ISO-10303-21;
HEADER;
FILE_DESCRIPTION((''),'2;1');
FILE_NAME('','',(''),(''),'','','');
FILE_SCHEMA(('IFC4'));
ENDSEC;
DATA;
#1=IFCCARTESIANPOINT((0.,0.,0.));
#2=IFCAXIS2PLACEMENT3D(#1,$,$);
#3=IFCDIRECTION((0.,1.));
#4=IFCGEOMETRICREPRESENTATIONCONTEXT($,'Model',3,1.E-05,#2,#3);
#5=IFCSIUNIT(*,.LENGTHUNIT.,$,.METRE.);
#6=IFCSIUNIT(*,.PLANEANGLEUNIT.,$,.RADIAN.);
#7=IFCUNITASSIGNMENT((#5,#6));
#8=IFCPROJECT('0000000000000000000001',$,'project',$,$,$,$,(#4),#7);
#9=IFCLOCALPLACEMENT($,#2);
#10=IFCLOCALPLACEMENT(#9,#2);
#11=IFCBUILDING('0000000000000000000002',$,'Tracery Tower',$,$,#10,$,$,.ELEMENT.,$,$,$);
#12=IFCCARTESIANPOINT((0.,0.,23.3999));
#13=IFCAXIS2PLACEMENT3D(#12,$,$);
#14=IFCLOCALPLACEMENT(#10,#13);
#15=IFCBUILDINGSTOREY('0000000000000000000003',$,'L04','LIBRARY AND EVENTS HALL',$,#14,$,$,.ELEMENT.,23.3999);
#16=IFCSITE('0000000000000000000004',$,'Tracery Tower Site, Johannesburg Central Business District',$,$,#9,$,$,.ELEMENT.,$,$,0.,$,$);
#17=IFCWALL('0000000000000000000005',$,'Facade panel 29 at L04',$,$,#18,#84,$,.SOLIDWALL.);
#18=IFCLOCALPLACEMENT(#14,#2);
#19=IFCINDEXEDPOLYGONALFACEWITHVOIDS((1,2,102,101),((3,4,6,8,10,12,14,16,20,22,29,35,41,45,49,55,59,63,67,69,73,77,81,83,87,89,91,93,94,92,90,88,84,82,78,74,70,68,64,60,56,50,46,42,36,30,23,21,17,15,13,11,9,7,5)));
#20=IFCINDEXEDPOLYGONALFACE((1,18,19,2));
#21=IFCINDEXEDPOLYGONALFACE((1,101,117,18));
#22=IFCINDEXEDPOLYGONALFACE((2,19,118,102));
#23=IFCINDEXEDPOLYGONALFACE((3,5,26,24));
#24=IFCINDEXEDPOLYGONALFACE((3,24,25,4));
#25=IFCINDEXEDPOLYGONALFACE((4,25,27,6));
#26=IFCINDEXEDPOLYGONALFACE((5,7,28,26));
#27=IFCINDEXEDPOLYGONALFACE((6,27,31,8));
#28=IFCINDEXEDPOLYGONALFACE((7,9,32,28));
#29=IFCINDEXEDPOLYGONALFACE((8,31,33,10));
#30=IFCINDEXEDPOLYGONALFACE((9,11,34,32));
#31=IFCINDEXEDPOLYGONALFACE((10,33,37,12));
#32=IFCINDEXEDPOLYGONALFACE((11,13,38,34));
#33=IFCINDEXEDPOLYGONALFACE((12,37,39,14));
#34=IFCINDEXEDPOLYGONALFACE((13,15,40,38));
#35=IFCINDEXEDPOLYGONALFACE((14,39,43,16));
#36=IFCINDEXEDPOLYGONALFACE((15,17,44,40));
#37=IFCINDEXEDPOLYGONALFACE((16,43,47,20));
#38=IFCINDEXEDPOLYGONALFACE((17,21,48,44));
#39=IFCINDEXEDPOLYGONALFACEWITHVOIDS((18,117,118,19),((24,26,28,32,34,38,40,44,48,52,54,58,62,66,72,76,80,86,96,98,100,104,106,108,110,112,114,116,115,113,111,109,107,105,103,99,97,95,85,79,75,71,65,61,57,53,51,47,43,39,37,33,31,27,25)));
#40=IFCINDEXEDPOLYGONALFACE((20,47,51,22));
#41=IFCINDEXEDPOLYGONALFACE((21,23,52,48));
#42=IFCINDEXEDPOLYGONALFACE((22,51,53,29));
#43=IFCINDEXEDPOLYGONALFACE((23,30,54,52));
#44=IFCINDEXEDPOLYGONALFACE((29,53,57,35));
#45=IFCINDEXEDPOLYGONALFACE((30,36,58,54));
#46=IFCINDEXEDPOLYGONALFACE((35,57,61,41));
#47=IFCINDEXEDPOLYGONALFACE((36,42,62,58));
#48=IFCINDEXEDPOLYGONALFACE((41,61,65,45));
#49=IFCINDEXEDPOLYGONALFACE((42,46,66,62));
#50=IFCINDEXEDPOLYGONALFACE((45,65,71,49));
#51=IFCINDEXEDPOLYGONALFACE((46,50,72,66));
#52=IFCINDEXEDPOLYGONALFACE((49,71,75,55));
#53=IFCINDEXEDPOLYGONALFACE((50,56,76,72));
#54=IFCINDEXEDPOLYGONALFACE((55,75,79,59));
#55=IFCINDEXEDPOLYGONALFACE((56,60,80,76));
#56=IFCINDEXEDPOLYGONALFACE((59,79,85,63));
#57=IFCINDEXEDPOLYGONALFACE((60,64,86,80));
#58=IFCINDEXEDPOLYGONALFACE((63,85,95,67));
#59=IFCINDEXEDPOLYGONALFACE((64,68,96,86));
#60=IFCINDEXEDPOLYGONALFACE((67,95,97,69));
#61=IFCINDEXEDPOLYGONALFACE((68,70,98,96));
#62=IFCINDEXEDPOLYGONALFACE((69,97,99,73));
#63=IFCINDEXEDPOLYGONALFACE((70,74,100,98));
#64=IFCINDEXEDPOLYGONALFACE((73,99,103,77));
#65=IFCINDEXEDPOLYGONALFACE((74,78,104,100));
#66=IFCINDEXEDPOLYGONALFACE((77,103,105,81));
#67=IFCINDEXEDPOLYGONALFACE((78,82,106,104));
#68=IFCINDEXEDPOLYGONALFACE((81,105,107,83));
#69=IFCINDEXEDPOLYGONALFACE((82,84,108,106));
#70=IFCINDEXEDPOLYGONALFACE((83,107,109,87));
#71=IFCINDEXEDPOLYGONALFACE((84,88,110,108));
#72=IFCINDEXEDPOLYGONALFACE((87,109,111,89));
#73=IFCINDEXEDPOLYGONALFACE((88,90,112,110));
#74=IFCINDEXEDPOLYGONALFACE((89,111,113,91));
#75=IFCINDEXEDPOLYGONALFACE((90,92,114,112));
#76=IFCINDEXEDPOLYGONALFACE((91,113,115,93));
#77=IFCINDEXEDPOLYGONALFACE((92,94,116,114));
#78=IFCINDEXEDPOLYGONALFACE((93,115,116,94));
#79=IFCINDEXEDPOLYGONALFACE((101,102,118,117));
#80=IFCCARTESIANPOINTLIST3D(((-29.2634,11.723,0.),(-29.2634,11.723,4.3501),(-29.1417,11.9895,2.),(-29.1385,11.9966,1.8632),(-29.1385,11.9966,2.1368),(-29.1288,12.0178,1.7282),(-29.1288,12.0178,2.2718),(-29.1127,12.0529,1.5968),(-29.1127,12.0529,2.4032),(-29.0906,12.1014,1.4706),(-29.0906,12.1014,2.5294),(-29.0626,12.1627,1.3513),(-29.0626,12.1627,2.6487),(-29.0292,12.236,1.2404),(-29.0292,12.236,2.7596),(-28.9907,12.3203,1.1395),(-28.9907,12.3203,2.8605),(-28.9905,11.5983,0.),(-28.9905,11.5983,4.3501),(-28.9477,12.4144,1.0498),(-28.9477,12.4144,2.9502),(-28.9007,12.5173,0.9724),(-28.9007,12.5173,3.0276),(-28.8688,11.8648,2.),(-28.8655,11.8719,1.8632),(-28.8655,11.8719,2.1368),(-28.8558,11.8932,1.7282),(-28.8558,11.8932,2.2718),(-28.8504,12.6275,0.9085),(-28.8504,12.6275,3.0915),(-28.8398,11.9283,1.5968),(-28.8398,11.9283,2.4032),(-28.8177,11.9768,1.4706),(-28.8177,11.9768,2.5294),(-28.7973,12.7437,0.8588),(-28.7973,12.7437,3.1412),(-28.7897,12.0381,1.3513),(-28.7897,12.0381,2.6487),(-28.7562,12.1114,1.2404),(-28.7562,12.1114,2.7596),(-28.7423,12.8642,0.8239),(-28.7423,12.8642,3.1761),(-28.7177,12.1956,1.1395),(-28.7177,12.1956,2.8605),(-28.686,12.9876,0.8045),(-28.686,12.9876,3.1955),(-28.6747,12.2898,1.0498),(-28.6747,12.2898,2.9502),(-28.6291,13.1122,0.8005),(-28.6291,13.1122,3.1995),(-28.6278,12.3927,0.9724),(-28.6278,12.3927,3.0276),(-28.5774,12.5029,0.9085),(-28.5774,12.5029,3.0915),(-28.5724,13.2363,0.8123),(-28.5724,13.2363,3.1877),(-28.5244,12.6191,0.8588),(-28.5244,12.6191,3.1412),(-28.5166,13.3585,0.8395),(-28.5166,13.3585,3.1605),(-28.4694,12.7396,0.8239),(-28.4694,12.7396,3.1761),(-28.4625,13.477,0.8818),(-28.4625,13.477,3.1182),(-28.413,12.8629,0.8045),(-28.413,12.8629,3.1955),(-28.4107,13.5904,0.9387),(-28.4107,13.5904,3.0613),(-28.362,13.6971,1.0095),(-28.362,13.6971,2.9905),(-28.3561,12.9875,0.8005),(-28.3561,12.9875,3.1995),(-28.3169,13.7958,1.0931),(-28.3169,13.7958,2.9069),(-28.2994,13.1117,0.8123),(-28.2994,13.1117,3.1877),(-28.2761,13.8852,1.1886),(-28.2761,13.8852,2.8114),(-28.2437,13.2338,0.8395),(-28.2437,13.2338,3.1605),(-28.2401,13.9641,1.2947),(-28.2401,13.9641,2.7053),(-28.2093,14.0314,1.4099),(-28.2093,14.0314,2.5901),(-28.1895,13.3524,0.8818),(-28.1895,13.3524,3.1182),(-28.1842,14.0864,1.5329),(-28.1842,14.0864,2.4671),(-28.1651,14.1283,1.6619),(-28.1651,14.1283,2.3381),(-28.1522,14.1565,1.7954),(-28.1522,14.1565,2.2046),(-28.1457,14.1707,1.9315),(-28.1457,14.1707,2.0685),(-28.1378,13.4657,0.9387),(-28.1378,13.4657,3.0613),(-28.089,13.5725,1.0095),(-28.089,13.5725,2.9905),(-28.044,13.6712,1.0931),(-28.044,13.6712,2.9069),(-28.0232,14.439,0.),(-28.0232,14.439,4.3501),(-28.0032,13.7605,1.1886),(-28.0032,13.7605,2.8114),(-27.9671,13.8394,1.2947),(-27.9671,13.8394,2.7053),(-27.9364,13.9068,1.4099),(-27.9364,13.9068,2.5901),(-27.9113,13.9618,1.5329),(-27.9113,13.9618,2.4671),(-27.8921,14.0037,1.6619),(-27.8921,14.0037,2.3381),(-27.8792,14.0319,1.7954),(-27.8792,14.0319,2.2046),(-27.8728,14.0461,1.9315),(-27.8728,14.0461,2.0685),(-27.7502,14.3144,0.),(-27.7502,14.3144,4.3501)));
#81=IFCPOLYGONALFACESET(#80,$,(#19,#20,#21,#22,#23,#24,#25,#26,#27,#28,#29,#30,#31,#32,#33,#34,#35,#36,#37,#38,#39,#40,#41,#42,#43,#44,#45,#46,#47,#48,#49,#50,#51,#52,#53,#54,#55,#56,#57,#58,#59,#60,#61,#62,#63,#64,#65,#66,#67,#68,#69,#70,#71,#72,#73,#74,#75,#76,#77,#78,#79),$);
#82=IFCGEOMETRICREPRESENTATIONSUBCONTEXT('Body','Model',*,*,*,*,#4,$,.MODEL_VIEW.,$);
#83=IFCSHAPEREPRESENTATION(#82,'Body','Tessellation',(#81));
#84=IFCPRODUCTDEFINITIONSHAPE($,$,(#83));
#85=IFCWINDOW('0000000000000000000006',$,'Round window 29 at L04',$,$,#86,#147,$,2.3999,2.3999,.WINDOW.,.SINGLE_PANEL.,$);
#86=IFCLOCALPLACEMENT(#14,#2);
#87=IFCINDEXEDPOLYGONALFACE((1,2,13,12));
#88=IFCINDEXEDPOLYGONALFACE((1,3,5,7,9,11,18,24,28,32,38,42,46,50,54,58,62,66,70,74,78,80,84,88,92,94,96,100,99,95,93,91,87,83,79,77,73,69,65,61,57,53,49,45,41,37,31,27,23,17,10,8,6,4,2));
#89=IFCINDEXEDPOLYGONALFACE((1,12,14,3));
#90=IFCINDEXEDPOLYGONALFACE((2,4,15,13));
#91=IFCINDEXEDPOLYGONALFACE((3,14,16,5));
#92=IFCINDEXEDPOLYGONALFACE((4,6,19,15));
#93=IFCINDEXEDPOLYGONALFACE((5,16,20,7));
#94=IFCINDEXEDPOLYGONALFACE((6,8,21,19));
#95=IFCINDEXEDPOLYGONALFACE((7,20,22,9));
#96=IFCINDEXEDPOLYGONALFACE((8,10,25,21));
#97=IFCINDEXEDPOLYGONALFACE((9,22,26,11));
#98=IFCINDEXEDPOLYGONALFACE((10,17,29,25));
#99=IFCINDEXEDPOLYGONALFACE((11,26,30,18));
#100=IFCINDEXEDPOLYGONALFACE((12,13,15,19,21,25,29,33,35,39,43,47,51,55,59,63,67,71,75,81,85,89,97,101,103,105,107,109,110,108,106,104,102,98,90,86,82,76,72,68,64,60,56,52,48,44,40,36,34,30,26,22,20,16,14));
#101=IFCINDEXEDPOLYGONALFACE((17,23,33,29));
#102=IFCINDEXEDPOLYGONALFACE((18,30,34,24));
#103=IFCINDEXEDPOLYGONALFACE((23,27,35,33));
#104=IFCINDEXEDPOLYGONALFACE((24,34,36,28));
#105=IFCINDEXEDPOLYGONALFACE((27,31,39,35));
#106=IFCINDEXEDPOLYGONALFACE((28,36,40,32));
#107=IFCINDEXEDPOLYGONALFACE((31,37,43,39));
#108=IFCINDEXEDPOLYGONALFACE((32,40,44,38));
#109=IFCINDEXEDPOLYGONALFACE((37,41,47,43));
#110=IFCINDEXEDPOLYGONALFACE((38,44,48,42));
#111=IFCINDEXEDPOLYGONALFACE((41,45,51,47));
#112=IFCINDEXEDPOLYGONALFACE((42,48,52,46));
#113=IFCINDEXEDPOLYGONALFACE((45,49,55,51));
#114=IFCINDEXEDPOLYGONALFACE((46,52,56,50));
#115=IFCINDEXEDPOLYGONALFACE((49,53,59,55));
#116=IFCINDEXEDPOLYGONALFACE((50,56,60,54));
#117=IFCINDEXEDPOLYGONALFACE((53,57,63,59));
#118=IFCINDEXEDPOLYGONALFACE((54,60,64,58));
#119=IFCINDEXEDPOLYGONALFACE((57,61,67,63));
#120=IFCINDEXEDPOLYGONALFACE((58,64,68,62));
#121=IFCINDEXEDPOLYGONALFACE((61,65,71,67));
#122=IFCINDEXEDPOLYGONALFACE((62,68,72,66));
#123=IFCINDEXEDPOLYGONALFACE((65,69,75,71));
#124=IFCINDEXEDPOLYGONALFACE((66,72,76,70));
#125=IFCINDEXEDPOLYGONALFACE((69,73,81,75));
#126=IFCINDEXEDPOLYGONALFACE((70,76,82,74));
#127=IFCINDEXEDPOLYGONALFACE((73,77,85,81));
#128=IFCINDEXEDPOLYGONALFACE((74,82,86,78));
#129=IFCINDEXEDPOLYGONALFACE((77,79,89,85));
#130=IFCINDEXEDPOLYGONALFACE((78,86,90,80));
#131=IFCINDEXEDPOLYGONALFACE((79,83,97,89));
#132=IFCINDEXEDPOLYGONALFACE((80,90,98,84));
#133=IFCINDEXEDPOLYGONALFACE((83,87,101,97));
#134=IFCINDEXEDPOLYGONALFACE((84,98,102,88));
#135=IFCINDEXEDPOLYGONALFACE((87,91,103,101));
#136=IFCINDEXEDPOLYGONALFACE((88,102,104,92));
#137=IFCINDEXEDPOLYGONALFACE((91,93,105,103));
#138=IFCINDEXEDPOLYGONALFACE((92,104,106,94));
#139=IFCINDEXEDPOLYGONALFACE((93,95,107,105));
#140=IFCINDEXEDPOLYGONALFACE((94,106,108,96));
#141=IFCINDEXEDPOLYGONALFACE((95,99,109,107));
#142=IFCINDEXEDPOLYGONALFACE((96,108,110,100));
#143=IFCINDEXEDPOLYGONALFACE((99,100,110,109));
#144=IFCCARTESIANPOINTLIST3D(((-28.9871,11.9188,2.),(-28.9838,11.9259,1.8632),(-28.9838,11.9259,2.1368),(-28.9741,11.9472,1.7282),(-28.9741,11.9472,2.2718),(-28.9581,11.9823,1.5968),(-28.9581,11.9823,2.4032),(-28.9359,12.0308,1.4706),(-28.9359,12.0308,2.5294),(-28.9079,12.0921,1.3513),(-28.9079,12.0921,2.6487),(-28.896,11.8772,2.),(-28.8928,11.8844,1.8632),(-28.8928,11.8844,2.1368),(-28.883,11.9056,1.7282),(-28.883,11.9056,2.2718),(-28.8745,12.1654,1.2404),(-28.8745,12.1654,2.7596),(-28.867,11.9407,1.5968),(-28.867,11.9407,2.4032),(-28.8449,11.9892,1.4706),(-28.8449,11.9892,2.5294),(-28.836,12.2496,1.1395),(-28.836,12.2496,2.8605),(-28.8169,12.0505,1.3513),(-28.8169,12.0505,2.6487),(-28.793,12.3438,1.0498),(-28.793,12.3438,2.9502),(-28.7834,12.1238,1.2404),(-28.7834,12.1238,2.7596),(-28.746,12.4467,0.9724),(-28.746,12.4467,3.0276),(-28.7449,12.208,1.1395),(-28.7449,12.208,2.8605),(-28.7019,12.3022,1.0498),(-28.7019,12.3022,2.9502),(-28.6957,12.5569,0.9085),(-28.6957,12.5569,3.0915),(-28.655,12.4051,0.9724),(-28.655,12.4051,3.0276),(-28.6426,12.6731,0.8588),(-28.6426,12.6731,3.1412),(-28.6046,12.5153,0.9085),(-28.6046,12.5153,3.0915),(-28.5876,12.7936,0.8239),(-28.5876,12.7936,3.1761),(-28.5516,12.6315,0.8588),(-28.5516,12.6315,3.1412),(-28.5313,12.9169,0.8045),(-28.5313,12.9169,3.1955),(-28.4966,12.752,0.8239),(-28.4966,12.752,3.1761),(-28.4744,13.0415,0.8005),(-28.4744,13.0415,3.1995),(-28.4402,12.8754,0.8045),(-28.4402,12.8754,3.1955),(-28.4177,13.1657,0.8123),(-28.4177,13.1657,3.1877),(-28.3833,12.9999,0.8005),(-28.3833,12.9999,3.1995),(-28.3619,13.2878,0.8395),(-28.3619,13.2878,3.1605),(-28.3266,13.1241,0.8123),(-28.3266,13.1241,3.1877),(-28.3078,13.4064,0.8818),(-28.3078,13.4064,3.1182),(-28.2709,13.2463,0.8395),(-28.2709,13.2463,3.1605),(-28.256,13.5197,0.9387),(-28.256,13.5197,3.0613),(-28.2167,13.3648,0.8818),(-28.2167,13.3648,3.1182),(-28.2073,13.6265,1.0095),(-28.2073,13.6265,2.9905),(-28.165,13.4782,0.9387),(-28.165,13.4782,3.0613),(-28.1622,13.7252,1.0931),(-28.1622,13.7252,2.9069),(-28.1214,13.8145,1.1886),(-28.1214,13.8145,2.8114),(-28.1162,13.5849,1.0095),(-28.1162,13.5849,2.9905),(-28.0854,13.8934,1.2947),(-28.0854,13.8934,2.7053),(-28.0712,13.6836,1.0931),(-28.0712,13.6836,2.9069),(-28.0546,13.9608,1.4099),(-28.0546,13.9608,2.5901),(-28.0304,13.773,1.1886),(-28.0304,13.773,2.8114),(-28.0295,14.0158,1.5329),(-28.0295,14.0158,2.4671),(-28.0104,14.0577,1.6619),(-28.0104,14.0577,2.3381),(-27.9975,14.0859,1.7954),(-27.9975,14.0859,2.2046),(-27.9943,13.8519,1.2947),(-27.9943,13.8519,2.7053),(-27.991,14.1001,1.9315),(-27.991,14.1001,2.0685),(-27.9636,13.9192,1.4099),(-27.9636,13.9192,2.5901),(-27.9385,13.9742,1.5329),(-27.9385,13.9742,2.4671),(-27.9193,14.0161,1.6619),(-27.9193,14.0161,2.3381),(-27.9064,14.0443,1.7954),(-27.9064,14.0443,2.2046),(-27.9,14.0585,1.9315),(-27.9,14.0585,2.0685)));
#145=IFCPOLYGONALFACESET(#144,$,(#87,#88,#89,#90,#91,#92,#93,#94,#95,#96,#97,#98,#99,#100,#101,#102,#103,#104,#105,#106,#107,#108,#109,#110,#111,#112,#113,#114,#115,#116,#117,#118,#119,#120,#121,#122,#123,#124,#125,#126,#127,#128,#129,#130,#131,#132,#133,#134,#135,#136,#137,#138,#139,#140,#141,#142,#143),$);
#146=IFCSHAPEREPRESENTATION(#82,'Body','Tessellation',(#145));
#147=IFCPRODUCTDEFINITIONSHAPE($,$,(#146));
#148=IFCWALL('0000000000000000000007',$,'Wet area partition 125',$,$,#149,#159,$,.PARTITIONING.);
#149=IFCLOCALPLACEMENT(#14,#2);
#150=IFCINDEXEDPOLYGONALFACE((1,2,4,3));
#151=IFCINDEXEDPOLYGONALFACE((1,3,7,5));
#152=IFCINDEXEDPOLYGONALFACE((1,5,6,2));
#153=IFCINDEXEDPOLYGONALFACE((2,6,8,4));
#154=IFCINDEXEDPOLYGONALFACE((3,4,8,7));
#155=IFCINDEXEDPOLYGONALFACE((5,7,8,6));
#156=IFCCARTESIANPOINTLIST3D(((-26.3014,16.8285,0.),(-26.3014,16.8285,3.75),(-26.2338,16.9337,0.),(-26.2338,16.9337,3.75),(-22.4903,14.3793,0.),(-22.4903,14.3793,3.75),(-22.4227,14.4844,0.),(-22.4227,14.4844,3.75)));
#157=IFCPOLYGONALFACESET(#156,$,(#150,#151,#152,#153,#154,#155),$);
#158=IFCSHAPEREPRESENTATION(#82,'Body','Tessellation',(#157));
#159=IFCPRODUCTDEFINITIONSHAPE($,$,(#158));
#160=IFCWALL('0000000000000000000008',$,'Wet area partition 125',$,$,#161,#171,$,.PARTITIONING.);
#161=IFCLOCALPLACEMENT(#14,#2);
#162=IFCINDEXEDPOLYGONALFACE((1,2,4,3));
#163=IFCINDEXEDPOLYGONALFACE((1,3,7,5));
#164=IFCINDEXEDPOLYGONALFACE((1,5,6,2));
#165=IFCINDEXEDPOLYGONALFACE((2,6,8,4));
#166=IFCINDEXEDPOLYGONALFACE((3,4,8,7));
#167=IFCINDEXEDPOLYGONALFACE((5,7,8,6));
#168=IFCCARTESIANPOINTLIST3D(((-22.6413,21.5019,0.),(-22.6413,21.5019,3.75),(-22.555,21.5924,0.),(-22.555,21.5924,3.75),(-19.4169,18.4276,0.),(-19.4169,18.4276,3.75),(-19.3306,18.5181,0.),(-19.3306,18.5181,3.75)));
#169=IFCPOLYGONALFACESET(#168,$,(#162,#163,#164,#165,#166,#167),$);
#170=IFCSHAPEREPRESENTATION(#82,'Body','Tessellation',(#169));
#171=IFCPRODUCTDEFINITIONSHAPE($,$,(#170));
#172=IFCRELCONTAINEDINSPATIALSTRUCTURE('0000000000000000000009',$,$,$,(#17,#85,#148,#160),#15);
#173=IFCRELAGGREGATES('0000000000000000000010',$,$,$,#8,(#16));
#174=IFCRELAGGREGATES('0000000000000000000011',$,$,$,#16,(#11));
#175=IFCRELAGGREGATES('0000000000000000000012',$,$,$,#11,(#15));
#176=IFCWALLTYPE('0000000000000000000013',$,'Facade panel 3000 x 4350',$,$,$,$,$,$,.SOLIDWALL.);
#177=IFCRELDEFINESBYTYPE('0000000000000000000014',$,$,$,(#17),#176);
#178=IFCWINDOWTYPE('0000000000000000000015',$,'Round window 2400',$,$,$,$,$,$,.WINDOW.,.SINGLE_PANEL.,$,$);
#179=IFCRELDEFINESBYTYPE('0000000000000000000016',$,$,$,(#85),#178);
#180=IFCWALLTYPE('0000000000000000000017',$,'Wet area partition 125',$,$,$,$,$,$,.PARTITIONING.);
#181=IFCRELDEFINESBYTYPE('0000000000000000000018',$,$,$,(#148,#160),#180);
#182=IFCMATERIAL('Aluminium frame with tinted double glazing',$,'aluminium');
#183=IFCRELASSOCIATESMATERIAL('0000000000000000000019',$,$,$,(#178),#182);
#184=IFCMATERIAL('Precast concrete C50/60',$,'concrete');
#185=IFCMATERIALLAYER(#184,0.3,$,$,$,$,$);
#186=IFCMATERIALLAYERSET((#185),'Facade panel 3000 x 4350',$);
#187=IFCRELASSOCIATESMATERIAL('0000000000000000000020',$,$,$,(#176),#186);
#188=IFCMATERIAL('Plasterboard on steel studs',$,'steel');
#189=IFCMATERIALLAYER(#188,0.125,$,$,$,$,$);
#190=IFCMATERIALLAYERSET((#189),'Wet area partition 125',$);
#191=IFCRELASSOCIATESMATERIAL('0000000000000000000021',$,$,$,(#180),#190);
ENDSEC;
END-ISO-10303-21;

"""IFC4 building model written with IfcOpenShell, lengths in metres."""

from ifc_helpers import new_model, si_unit, direction, frame, frame_2d, origin, origin_2d, place, context, subcontext, project, spatial, rectangle, circle, extrude, material, layer, layer_set, type_object, element, fill, save


model = new_model("IFC4")

# Units and contexts
model_context = context("Model", 3, precision=1e-05, world=origin(), true_north=direction((0.0, 1.0)))
body_context = subcontext(model_context, "Body", "Model", "MODEL_VIEW")
ifc_project = project(units=[si_unit("LENGTHUNIT", "METRE"), si_unit("PLANEANGLEUNIT", "RADIAN")], contexts=[model_context])

# Site, building, storey
site_placement = place(None, origin())
site = spatial("IfcSite", under=ifc_project, at=site_placement, Name="Tracery Tower Site, Johannesburg Central Business District", CompositionType="ELEMENT", RefElevation=0.0)
building_placement = place(site_placement, origin())
building = spatial("IfcBuilding", under=site, at=building_placement, Name="Tracery Tower", CompositionType="ELEMENT")
storey_placement = place(building_placement, frame((0.0, 0.0, 23.3999)))
storey = spatial("IfcBuildingStorey", under=building, at=storey_placement, Name="L04", Description="LIBRARY AND EVENTS HALL", CompositionType="ELEMENT", Elevation=23.3999)

# Wall, opening, window
ifc_material_1 = material(Name="Aluminium frame with tinted double glazing", Category="aluminium")
window_type = type_object("IfcWindowType", Name="Round window 2400", PartitioningType="SINGLE_PANEL", PredefinedType="WINDOW", material=ifc_material_1)
ifc_material_2 = material(Name="Precast concrete C50/60", Category="concrete")
ifc_layer_1 = layer(ifc_material_2, 0.3)
ifc_layer_set_1 = layer_set([ifc_layer_1], Name="Facade panel 3000 x 4350")
wall_type_1 = type_object("IfcWallType", Name="Facade panel 3000 x 4350", PredefinedType="SOLIDWALL", material=ifc_layer_set_1)
wall_1_placement = place(storey_placement, frame((-27.8867, 14.3767, 0.0), z_axis=(0.0, 0.0, 1.0), x_axis=(-0.415373, -0.909651, 0.0)))
wall_1 = element("IfcWall", 1, at=wall_1_placement, inside=storey, type_object=wall_type_1, Name="Facade panel 29 at L04", PredefinedType="SOLIDWALL", context=body_context, shape_type="SweptSolid", body=[
    extrude(rectangle(XDim=2.9858, YDim=0.3, at=frame_2d((1.4929, 0.0))), origin(), (0.0, 0.0, 1.0), 4.3501),
])
opening_1_placement = place(wall_1_placement, frame((1.4929, 0.0, 2.0)))
opening_1 = element("IfcOpeningElement", 2, at=opening_1_placement, cuts=wall_1, PredefinedType="OPENING", context=body_context, shape_type="SweptSolid", body=[
    extrude(circle(Radius=1.2, at=origin_2d()), frame((0.0, 0.1599, 0.0), z_axis=(0.0, -1.0, 0.0), x_axis=(1.0, 0.0, 0.0)), (0.0, 0.0, 1.0), 0.3201),
])
window_1_placement = place(opening_1_placement, origin())
window_1 = element("IfcWindow", 3, at=window_1_placement, inside=storey, type_object=window_type, Name="Round window 29 at L04", OverallHeight=2.3999, OverallWidth=2.3999, PartitioningType="SINGLE_PANEL", PredefinedType="WINDOW", context=body_context, shape_type="SweptSolid", body=[
    extrude(circle(Radius=1.2, at=origin_2d()), frame((0.0, 0.1201, 0.0), z_axis=(0.0, -1.0, 0.0), x_axis=(1.0, 0.0, 0.0)), (0.0, 0.0, 1.0), 0.1001),
])
fill(opening_1, window_1)

# Walls
ifc_material_3 = material(Name="Plasterboard on steel studs", Category="steel")
ifc_layer_2 = layer(ifc_material_3, 0.125)
ifc_layer_set_2 = layer_set([ifc_layer_2], Name="Wet area partition 125")
wall_type_2 = type_object("IfcWallType", Name="Wet area partition 125", PredefinedType="PARTITIONING", material=ifc_layer_set_2)
wall_2_placement = place(storey_placement, frame((-26.2676, 16.8811, 0.0), z_axis=(0.0, 0.0, 1.0), x_axis=(0.841252, -0.540643, 0.0)))
element("IfcWall", 4, at=wall_2_placement, inside=storey, type_object=wall_type_2, Name="Wet area partition 125", PredefinedType="PARTITIONING", context=body_context, shape_type="SweptSolid", body=[
    extrude(rectangle(XDim=4.5303, YDim=0.125, at=frame_2d((2.2651, 0.0))), origin(), (0.0, 0.0, 1.0), 3.75),
])
wall_3_placement = place(storey_placement, frame((-22.5981, 21.5471, 0.0), z_axis=(0.0, 0.0, 1.0), x_axis=(0.723757, -0.690055, 0.0)))
element("IfcWall", 5, at=wall_3_placement, inside=storey, type_object=wall_type_2, Name="Wet area partition 125", PredefinedType="PARTITIONING", context=body_context, shape_type="SweptSolid", body=[
    extrude(rectangle(XDim=4.4551, YDim=0.125, at=frame_2d((2.2275, 0.0))), origin(), (0.0, 0.0, 1.0), 3.75),
])

save(model, "model.ifc")
